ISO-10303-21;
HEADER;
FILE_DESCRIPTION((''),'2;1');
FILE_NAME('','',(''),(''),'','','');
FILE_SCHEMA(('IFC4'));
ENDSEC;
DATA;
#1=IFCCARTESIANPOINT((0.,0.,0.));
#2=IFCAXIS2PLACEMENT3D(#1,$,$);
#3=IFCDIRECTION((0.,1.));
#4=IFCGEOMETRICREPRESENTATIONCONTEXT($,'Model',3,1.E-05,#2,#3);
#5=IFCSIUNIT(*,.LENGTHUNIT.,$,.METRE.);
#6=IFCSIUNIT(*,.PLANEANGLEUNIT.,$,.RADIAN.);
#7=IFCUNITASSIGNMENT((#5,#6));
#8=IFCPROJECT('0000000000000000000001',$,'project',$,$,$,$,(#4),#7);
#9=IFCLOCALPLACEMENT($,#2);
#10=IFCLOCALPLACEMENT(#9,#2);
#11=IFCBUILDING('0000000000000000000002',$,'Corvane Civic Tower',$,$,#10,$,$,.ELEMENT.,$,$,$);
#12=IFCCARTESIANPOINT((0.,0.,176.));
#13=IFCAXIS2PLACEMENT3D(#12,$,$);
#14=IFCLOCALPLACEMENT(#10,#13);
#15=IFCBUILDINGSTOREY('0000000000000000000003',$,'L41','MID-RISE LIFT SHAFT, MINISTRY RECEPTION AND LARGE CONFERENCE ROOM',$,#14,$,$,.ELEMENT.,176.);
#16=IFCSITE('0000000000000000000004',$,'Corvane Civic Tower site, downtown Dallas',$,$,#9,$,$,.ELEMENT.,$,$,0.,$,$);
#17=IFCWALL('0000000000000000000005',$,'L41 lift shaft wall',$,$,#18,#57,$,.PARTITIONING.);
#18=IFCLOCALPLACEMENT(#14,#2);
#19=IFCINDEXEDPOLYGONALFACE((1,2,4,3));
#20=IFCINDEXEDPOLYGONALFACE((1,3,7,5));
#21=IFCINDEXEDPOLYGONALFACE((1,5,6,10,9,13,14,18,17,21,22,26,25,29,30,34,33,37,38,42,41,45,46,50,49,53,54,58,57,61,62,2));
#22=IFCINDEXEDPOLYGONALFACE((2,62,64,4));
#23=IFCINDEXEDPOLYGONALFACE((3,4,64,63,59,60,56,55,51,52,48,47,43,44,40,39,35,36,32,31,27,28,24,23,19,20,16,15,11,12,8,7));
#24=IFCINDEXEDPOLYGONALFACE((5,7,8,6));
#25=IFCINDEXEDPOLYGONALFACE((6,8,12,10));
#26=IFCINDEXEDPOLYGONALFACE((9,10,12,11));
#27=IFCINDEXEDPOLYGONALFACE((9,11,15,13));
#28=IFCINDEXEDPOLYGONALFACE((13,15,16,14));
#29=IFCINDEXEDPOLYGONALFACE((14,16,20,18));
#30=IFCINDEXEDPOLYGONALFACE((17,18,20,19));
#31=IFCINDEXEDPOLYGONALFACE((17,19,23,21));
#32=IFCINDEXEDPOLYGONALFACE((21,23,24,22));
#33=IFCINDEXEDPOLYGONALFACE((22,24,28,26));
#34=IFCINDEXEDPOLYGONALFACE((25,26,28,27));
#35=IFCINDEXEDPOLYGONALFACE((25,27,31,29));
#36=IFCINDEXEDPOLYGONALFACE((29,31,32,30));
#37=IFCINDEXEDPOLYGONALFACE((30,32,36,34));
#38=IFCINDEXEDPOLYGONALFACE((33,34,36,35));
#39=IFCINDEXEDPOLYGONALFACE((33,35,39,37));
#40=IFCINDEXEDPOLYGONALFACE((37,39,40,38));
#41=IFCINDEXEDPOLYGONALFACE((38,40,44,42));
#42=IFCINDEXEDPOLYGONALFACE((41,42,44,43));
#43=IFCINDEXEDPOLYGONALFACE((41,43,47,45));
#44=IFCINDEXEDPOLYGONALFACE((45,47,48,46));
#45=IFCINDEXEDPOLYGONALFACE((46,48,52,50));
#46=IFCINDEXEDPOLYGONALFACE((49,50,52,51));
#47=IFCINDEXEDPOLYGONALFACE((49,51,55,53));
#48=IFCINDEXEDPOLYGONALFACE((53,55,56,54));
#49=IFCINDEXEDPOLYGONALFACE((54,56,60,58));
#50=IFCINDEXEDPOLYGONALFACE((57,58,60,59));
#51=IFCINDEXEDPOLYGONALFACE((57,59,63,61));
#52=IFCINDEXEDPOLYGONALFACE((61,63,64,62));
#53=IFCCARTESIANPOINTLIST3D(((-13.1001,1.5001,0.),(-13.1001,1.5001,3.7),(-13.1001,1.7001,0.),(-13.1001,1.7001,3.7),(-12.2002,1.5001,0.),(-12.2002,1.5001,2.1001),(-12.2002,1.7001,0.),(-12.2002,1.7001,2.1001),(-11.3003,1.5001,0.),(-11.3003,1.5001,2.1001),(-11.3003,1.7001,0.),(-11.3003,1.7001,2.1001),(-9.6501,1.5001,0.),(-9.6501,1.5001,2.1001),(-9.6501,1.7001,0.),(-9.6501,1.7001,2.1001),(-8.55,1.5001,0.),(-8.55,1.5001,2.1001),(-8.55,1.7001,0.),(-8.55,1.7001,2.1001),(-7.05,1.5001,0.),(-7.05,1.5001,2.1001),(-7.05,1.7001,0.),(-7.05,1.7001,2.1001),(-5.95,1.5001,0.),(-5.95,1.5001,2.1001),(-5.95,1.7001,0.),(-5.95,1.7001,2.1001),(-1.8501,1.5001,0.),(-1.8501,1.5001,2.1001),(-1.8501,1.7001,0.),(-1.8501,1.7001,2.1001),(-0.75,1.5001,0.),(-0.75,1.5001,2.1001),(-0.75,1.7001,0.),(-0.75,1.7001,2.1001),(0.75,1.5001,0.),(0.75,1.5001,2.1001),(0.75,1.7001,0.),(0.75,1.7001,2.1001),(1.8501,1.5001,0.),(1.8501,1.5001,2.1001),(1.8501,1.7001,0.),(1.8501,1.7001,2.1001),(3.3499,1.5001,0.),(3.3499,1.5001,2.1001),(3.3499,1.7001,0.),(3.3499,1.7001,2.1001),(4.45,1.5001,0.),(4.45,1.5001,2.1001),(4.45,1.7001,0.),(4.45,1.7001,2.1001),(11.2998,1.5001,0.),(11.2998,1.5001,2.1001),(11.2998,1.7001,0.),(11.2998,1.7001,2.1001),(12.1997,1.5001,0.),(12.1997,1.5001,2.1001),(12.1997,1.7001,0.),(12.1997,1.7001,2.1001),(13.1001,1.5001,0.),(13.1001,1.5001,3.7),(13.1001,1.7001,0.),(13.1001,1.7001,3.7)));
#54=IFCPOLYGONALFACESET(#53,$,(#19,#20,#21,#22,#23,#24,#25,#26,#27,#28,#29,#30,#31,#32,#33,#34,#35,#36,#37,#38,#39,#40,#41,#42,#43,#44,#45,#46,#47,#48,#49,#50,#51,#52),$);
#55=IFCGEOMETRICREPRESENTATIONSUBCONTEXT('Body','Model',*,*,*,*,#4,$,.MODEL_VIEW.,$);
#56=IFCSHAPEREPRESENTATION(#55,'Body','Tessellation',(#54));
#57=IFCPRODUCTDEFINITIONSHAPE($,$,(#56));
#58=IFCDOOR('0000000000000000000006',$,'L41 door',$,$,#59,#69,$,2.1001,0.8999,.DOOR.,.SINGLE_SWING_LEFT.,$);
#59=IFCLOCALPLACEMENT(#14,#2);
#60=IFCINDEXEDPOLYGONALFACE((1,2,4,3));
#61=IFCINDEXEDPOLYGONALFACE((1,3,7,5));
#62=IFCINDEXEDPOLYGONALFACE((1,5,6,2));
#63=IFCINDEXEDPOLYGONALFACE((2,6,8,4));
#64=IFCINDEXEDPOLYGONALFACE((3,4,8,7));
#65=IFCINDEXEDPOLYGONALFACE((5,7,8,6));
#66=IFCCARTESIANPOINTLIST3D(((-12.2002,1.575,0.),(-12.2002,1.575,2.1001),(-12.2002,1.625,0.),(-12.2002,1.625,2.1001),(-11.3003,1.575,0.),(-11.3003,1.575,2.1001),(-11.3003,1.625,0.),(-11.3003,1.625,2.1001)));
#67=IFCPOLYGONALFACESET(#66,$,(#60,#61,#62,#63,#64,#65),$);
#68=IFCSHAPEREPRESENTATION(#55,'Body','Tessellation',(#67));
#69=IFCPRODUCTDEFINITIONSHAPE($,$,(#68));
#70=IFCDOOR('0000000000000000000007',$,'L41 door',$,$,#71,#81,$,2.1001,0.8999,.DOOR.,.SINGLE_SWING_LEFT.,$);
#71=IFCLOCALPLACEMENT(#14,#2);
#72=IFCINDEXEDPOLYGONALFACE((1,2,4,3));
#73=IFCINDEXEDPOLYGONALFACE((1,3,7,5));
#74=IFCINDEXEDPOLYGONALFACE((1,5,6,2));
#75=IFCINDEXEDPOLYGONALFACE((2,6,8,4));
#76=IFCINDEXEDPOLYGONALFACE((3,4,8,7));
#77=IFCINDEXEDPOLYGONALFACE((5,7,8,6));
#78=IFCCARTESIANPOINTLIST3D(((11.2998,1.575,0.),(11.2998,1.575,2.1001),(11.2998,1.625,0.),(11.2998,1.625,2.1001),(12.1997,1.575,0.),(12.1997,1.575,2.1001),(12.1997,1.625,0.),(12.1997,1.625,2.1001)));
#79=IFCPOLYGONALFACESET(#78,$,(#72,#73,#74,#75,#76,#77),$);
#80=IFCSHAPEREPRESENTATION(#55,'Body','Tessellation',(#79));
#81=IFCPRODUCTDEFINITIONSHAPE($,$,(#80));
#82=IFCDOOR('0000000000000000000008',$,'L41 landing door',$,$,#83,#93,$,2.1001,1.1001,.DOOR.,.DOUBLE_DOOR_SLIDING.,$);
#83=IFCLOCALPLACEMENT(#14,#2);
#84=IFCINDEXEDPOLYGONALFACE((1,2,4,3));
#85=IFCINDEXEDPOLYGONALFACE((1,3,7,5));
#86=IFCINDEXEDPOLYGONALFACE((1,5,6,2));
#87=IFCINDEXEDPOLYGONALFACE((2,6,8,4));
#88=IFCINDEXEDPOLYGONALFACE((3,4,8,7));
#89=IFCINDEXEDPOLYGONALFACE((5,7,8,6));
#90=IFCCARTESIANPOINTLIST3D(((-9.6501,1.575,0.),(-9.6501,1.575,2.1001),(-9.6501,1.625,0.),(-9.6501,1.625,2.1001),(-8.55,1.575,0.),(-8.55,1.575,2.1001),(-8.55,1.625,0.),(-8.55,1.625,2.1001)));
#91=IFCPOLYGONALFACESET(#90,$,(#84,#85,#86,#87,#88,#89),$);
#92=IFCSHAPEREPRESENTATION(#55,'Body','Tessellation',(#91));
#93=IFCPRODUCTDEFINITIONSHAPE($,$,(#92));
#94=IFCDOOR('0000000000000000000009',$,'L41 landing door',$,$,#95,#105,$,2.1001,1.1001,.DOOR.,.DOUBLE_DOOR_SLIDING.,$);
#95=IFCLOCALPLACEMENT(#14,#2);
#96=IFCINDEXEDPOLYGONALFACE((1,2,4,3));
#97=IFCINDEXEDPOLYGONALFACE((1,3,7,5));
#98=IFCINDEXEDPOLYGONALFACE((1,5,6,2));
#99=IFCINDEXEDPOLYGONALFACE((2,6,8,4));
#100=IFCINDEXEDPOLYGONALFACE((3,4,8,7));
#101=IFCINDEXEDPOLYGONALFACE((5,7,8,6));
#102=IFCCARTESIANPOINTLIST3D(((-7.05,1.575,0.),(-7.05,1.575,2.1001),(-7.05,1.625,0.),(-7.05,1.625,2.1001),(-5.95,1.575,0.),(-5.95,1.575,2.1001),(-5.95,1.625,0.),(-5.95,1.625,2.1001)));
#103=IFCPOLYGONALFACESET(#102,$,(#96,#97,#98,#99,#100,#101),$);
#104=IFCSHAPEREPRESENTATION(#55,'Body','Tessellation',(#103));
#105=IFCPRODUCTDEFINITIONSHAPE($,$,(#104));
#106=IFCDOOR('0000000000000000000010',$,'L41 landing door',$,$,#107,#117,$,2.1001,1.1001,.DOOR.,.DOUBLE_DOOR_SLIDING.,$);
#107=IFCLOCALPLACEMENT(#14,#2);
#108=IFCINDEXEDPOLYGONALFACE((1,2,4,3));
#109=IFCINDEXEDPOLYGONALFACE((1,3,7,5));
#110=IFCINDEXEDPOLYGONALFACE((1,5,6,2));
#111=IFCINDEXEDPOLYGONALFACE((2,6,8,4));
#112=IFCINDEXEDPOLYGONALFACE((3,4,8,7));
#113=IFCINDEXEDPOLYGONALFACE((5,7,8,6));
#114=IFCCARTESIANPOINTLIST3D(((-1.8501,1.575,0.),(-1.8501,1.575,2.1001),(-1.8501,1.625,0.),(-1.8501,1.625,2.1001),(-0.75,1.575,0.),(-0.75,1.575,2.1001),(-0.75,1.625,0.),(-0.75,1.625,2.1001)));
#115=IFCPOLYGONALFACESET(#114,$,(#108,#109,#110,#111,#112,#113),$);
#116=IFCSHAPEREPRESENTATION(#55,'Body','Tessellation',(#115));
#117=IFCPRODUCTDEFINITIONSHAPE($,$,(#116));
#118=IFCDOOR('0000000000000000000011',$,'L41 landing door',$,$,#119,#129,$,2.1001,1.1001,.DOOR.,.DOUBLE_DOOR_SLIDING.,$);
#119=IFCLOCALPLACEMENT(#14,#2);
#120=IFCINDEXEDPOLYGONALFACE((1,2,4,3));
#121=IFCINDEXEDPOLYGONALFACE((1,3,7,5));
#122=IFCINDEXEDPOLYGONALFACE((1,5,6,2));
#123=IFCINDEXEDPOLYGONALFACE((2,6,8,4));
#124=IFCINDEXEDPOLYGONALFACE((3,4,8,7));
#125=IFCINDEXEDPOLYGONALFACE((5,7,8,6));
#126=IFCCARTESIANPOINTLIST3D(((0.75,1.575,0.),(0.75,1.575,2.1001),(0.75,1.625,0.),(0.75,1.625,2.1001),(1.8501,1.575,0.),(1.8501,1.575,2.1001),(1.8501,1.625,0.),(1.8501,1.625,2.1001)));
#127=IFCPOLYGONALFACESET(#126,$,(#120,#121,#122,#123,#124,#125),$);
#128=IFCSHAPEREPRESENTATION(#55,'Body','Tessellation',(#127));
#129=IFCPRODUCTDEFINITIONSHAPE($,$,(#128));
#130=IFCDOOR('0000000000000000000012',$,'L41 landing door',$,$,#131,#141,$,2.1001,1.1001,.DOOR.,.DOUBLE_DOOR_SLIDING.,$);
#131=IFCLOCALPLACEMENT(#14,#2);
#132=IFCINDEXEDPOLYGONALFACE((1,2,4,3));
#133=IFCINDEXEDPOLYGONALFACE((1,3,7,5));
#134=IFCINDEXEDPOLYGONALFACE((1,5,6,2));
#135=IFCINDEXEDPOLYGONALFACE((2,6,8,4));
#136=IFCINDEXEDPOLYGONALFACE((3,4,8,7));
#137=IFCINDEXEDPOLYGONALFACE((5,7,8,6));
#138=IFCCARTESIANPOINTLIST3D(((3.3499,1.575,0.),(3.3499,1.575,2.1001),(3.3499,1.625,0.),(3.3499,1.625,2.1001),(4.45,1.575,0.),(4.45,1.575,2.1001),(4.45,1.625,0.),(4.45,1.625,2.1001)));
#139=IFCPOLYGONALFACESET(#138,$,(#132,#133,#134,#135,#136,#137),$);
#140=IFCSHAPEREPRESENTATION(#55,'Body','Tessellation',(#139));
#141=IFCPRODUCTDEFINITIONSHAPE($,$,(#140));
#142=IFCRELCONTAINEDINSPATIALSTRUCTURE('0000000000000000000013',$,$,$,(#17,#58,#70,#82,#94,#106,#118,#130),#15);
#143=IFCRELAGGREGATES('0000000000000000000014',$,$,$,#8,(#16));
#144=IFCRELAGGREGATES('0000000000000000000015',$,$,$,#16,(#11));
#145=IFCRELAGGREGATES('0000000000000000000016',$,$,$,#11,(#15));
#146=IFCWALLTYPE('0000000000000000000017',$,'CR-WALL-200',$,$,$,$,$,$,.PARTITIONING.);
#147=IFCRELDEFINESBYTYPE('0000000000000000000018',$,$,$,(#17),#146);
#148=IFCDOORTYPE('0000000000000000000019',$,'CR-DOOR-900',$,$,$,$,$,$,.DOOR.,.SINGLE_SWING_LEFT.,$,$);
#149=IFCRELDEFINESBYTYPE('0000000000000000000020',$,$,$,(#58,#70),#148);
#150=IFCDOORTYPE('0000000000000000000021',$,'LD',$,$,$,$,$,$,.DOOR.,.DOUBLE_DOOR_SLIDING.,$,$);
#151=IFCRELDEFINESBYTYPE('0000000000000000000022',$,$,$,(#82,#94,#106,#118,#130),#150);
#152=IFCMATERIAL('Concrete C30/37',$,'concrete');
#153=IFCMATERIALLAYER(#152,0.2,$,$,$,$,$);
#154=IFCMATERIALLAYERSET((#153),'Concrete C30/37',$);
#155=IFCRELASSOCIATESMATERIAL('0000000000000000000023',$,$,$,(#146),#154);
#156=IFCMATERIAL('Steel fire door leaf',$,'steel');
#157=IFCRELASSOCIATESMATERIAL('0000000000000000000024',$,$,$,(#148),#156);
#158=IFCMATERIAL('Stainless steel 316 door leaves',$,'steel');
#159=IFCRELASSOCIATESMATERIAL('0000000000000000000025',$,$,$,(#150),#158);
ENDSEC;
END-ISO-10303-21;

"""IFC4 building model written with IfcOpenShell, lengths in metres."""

from ifc_helpers import new_model, si_unit, direction, frame, frame_2d, origin, place, context, subcontext, project, spatial, rectangle, extrude, material, layer, layer_set, type_object, element, fill, save


model = new_model("IFC4")

# Units and contexts
model_context = context("Model", 3, precision=1e-05, world=origin(), true_north=direction((0.0, 1.0)))
body_context = subcontext(model_context, "Body", "Model", "MODEL_VIEW")
ifc_project = project(units=[si_unit("LENGTHUNIT", "METRE"), si_unit("PLANEANGLEUNIT", "RADIAN")], contexts=[model_context])

# Site, building, storey
site_placement = place(None, origin())
site = spatial("IfcSite", under=ifc_project, at=site_placement, Name="Corvane Civic Tower site, downtown Dallas", CompositionType="ELEMENT", RefElevation=0.0)
building_placement = place(site_placement, origin())
building = spatial("IfcBuilding", under=site, at=building_placement, Name="Corvane Civic Tower", CompositionType="ELEMENT")
storey_placement = place(building_placement, frame((0.0, 0.0, 176.0)))
storey = spatial("IfcBuildingStorey", under=building, at=storey_placement, Name="L41", Description="MID-RISE LIFT SHAFT, MINISTRY RECEPTION AND LARGE CONFERENCE ROOM", CompositionType="ELEMENT", Elevation=176.0)

# Wall, openings, doors
ifc_material_1 = material(Name="Concrete C30/37", Category="concrete")
ifc_layer_1 = layer(ifc_material_1, 0.2)
ifc_layer_set_1 = layer_set([ifc_layer_1], Name="Concrete C30/37")
wall_type_1 = type_object("IfcWallType", Name="CR-WALL-200", PredefinedType="PARTITIONING", material=ifc_layer_set_1)
wall_1_placement = place(storey_placement, frame((-13.1001, 1.6001, 0.0), z_axis=(0.0, 0.0, 1.0), x_axis=(1.0, 0.0, 0.0)))
wall_1 = element("IfcWall", 1, at=wall_1_placement, inside=storey, type_object=wall_type_1, Name="L41 lift shaft wall", PredefinedType="PARTITIONING", context=body_context, shape_type="SweptSolid", body=[
    extrude(rectangle(XDim=26.2002, YDim=0.2, at=frame_2d((13.1001, 0.0))), origin(), (0.0, 0.0, 1.0), 3.7),
])
opening_1_placement = place(wall_1_placement, frame((3.45, 0.0, 0.0)))
opening_1 = element("IfcOpeningElement", 2, at=opening_1_placement, cuts=wall_1, PredefinedType="OPENING", context=body_context, shape_type="SweptSolid", body=[
    extrude(rectangle(XDim=1.1001, YDim=2.1001, at=frame_2d((0.55, 1.05))), frame((0.0, 0.1099, 0.0), z_axis=(0.0, -1.0, 0.0), x_axis=(1.0, 0.0, 0.0)), (0.0, 0.0, 1.0), 0.22),
])
opening_2_placement = place(wall_1_placement, frame((6.05, 0.0, 0.0)))
opening_2 = element("IfcOpeningElement", 3, at=opening_2_placement, cuts=wall_1, PredefinedType="OPENING", context=body_context, shape_type="SweptSolid", body=[
    extrude(rectangle(XDim=1.1001, YDim=2.1001, at=frame_2d((0.55, 1.05))), frame((0.0, 0.1099, 0.0), z_axis=(0.0, -1.0, 0.0), x_axis=(1.0, 0.0, 0.0)), (0.0, 0.0, 1.0), 0.22),
])
opening_3_placement = place(wall_1_placement, frame((11.25, 0.0, 0.0)))
opening_3 = element("IfcOpeningElement", 4, at=opening_3_placement, cuts=wall_1, PredefinedType="OPENING", context=body_context, shape_type="SweptSolid", body=[
    extrude(rectangle(XDim=1.1001, YDim=2.1001, at=frame_2d((0.55, 1.05))), frame((0.0, 0.1099, 0.0), z_axis=(0.0, -1.0, 0.0), x_axis=(1.0, 0.0, 0.0)), (0.0, 0.0, 1.0), 0.22),
])
opening_4_placement = place(wall_1_placement, frame((13.8501, 0.0, 0.0)))
opening_4 = element("IfcOpeningElement", 5, at=opening_4_placement, cuts=wall_1, PredefinedType="OPENING", context=body_context, shape_type="SweptSolid", body=[
    extrude(rectangle(XDim=1.1001, YDim=2.1001, at=frame_2d((0.55, 1.05))), frame((0.0, 0.1099, 0.0), z_axis=(0.0, -1.0, 0.0), x_axis=(1.0, 0.0, 0.0)), (0.0, 0.0, 1.0), 0.22),
])
opening_5_placement = place(wall_1_placement, frame((16.45, 0.0, 0.0)))
opening_5 = element("IfcOpeningElement", 6, at=opening_5_placement, cuts=wall_1, PredefinedType="OPENING", context=body_context, shape_type="SweptSolid", body=[
    extrude(rectangle(XDim=1.1001, YDim=2.1001, at=frame_2d((0.55, 1.05))), frame((0.0, 0.1099, 0.0), z_axis=(0.0, -1.0, 0.0), x_axis=(1.0, 0.0, 0.0)), (0.0, 0.0, 1.0), 0.22),
])
opening_6_placement = place(wall_1_placement, frame((0.8999, 0.0, 0.0)))
opening_6 = element("IfcOpeningElement", 7, at=opening_6_placement, cuts=wall_1, PredefinedType="OPENING", context=body_context, shape_type="SweptSolid", body=[
    extrude(rectangle(XDim=0.8999, YDim=2.1001, at=frame_2d((0.45, 1.05))), frame((0.0, 0.1099, 0.0), z_axis=(0.0, -1.0, 0.0), x_axis=(1.0, 0.0, 0.0)), (0.0, 0.0, 1.0), 0.22),
])
opening_7_placement = place(wall_1_placement, frame((24.3999, 0.0, 0.0)))
opening_7 = element("IfcOpeningElement", 8, at=opening_7_placement, cuts=wall_1, PredefinedType="OPENING", context=body_context, shape_type="SweptSolid", body=[
    extrude(rectangle(XDim=0.8999, YDim=2.1001, at=frame_2d((0.45, 1.05))), frame((0.0, 0.1099, 0.0), z_axis=(0.0, -1.0, 0.0), x_axis=(1.0, 0.0, 0.0)), (0.0, 0.0, 1.0), 0.22),
])
ifc_material_2 = material(Name="Steel fire door leaf", Category="steel")
door_type_1 = type_object("IfcDoorType", Name="CR-DOOR-900", OperationType="SINGLE_SWING_LEFT", PredefinedType="DOOR", material=ifc_material_2)
door_1_placement = place(opening_6_placement, origin())
door_1 = element("IfcDoor", 9, at=door_1_placement, inside=storey, type_object=door_type_1, Name="L41 door", OperationType="SINGLE_SWING_LEFT", OverallHeight=2.1001, OverallWidth=0.8999, PredefinedType="DOOR", context=body_context, shape_type="SweptSolid", body=[
    extrude(rectangle(XDim=0.8999, YDim=2.1001, at=frame_2d((0.45, 1.05))), frame((0.0, 0.0249, 0.0), z_axis=(0.0, -1.0, 0.0), x_axis=(1.0, 0.0, 0.0)), (0.0, 0.0, 1.0), 0.05),
])
fill(opening_6, door_1)
door_2_placement = place(opening_7_placement, origin())
door_2 = element("IfcDoor", 10, at=door_2_placement, inside=storey, type_object=door_type_1, Name="L41 door", OperationType="SINGLE_SWING_LEFT", OverallHeight=2.1001, OverallWidth=0.8999, PredefinedType="DOOR", context=body_context, shape_type="SweptSolid", body=[
    extrude(rectangle(XDim=0.8999, YDim=2.1001, at=frame_2d((0.45, 1.05))), frame((0.0, 0.0249, 0.0), z_axis=(0.0, -1.0, 0.0), x_axis=(1.0, 0.0, 0.0)), (0.0, 0.0, 1.0), 0.05),
])
fill(opening_7, door_2)
ifc_material_3 = material(Name="Stainless steel 316 door leaves", Category="steel")
door_type_2 = type_object("IfcDoorType", Name="LD", OperationType="DOUBLE_DOOR_SLIDING", PredefinedType="DOOR", material=ifc_material_3)
door_3_placement = place(opening_1_placement, origin())
door_3 = element("IfcDoor", 11, at=door_3_placement, inside=storey, type_object=door_type_2, Name="L41 landing door", OperationType="DOUBLE_DOOR_SLIDING", OverallHeight=2.1001, OverallWidth=1.1001, PredefinedType="DOOR", context=body_context, shape_type="SweptSolid", body=[
    extrude(rectangle(XDim=1.1001, YDim=2.1001, at=frame_2d((0.55, 1.05))), frame((0.0, 0.0249, 0.0), z_axis=(0.0, -1.0, 0.0), x_axis=(1.0, 0.0, 0.0)), (0.0, 0.0, 1.0), 0.05),
])
fill(opening_1, door_3)
door_4_placement = place(opening_2_placement, origin())
door_4 = element("IfcDoor", 12, at=door_4_placement, inside=storey, type_object=door_type_2, Name="L41 landing door", OperationType="DOUBLE_DOOR_SLIDING", OverallHeight=2.1001, OverallWidth=1.1001, PredefinedType="DOOR", context=body_context, shape_type="SweptSolid", body=[
    extrude(rectangle(XDim=1.1001, YDim=2.1001, at=frame_2d((0.55, 1.05))), frame((0.0, 0.0249, 0.0), z_axis=(0.0, -1.0, 0.0), x_axis=(1.0, 0.0, 0.0)), (0.0, 0.0, 1.0), 0.05),
])
fill(opening_2, door_4)
door_5_placement = place(opening_3_placement, origin())
door_5 = element("IfcDoor", 13, at=door_5_placement, inside=storey, type_object=door_type_2, Name="L41 landing door", OperationType="DOUBLE_DOOR_SLIDING", OverallHeight=2.1001, OverallWidth=1.1001, PredefinedType="DOOR", context=body_context, shape_type="SweptSolid", body=[
    extrude(rectangle(XDim=1.1001, YDim=2.1001, at=frame_2d((0.55, 1.05))), frame((0.0, 0.0249, 0.0), z_axis=(0.0, -1.0, 0.0), x_axis=(1.0, 0.0, 0.0)), (0.0, 0.0, 1.0), 0.05),
])
fill(opening_3, door_5)
door_6_placement = place(opening_4_placement, origin())
door_6 = element("IfcDoor", 14, at=door_6_placement, inside=storey, type_object=door_type_2, Name="L41 landing door", OperationType="DOUBLE_DOOR_SLIDING", OverallHeight=2.1001, OverallWidth=1.1001, PredefinedType="DOOR", context=body_context, shape_type="SweptSolid", body=[
    extrude(rectangle(XDim=1.1001, YDim=2.1001, at=frame_2d((0.55, 1.05))), frame((0.0, 0.0249, 0.0), z_axis=(0.0, -1.0, 0.0), x_axis=(1.0, 0.0, 0.0)), (0.0, 0.0, 1.0), 0.05),
])
fill(opening_4, door_6)
door_7_placement = place(opening_5_placement, origin())
door_7 = element("IfcDoor", 15, at=door_7_placement, inside=storey, type_object=door_type_2, Name="L41 landing door", OperationType="DOUBLE_DOOR_SLIDING", OverallHeight=2.1001, OverallWidth=1.1001, PredefinedType="DOOR", context=body_context, shape_type="SweptSolid", body=[
    extrude(rectangle(XDim=1.1001, YDim=2.1001, at=frame_2d((0.55, 1.05))), frame((0.0, 0.0249, 0.0), z_axis=(0.0, -1.0, 0.0), x_axis=(1.0, 0.0, 0.0)), (0.0, 0.0, 1.0), 0.05),
])
fill(opening_5, door_7)

save(model, "model.ifc")
